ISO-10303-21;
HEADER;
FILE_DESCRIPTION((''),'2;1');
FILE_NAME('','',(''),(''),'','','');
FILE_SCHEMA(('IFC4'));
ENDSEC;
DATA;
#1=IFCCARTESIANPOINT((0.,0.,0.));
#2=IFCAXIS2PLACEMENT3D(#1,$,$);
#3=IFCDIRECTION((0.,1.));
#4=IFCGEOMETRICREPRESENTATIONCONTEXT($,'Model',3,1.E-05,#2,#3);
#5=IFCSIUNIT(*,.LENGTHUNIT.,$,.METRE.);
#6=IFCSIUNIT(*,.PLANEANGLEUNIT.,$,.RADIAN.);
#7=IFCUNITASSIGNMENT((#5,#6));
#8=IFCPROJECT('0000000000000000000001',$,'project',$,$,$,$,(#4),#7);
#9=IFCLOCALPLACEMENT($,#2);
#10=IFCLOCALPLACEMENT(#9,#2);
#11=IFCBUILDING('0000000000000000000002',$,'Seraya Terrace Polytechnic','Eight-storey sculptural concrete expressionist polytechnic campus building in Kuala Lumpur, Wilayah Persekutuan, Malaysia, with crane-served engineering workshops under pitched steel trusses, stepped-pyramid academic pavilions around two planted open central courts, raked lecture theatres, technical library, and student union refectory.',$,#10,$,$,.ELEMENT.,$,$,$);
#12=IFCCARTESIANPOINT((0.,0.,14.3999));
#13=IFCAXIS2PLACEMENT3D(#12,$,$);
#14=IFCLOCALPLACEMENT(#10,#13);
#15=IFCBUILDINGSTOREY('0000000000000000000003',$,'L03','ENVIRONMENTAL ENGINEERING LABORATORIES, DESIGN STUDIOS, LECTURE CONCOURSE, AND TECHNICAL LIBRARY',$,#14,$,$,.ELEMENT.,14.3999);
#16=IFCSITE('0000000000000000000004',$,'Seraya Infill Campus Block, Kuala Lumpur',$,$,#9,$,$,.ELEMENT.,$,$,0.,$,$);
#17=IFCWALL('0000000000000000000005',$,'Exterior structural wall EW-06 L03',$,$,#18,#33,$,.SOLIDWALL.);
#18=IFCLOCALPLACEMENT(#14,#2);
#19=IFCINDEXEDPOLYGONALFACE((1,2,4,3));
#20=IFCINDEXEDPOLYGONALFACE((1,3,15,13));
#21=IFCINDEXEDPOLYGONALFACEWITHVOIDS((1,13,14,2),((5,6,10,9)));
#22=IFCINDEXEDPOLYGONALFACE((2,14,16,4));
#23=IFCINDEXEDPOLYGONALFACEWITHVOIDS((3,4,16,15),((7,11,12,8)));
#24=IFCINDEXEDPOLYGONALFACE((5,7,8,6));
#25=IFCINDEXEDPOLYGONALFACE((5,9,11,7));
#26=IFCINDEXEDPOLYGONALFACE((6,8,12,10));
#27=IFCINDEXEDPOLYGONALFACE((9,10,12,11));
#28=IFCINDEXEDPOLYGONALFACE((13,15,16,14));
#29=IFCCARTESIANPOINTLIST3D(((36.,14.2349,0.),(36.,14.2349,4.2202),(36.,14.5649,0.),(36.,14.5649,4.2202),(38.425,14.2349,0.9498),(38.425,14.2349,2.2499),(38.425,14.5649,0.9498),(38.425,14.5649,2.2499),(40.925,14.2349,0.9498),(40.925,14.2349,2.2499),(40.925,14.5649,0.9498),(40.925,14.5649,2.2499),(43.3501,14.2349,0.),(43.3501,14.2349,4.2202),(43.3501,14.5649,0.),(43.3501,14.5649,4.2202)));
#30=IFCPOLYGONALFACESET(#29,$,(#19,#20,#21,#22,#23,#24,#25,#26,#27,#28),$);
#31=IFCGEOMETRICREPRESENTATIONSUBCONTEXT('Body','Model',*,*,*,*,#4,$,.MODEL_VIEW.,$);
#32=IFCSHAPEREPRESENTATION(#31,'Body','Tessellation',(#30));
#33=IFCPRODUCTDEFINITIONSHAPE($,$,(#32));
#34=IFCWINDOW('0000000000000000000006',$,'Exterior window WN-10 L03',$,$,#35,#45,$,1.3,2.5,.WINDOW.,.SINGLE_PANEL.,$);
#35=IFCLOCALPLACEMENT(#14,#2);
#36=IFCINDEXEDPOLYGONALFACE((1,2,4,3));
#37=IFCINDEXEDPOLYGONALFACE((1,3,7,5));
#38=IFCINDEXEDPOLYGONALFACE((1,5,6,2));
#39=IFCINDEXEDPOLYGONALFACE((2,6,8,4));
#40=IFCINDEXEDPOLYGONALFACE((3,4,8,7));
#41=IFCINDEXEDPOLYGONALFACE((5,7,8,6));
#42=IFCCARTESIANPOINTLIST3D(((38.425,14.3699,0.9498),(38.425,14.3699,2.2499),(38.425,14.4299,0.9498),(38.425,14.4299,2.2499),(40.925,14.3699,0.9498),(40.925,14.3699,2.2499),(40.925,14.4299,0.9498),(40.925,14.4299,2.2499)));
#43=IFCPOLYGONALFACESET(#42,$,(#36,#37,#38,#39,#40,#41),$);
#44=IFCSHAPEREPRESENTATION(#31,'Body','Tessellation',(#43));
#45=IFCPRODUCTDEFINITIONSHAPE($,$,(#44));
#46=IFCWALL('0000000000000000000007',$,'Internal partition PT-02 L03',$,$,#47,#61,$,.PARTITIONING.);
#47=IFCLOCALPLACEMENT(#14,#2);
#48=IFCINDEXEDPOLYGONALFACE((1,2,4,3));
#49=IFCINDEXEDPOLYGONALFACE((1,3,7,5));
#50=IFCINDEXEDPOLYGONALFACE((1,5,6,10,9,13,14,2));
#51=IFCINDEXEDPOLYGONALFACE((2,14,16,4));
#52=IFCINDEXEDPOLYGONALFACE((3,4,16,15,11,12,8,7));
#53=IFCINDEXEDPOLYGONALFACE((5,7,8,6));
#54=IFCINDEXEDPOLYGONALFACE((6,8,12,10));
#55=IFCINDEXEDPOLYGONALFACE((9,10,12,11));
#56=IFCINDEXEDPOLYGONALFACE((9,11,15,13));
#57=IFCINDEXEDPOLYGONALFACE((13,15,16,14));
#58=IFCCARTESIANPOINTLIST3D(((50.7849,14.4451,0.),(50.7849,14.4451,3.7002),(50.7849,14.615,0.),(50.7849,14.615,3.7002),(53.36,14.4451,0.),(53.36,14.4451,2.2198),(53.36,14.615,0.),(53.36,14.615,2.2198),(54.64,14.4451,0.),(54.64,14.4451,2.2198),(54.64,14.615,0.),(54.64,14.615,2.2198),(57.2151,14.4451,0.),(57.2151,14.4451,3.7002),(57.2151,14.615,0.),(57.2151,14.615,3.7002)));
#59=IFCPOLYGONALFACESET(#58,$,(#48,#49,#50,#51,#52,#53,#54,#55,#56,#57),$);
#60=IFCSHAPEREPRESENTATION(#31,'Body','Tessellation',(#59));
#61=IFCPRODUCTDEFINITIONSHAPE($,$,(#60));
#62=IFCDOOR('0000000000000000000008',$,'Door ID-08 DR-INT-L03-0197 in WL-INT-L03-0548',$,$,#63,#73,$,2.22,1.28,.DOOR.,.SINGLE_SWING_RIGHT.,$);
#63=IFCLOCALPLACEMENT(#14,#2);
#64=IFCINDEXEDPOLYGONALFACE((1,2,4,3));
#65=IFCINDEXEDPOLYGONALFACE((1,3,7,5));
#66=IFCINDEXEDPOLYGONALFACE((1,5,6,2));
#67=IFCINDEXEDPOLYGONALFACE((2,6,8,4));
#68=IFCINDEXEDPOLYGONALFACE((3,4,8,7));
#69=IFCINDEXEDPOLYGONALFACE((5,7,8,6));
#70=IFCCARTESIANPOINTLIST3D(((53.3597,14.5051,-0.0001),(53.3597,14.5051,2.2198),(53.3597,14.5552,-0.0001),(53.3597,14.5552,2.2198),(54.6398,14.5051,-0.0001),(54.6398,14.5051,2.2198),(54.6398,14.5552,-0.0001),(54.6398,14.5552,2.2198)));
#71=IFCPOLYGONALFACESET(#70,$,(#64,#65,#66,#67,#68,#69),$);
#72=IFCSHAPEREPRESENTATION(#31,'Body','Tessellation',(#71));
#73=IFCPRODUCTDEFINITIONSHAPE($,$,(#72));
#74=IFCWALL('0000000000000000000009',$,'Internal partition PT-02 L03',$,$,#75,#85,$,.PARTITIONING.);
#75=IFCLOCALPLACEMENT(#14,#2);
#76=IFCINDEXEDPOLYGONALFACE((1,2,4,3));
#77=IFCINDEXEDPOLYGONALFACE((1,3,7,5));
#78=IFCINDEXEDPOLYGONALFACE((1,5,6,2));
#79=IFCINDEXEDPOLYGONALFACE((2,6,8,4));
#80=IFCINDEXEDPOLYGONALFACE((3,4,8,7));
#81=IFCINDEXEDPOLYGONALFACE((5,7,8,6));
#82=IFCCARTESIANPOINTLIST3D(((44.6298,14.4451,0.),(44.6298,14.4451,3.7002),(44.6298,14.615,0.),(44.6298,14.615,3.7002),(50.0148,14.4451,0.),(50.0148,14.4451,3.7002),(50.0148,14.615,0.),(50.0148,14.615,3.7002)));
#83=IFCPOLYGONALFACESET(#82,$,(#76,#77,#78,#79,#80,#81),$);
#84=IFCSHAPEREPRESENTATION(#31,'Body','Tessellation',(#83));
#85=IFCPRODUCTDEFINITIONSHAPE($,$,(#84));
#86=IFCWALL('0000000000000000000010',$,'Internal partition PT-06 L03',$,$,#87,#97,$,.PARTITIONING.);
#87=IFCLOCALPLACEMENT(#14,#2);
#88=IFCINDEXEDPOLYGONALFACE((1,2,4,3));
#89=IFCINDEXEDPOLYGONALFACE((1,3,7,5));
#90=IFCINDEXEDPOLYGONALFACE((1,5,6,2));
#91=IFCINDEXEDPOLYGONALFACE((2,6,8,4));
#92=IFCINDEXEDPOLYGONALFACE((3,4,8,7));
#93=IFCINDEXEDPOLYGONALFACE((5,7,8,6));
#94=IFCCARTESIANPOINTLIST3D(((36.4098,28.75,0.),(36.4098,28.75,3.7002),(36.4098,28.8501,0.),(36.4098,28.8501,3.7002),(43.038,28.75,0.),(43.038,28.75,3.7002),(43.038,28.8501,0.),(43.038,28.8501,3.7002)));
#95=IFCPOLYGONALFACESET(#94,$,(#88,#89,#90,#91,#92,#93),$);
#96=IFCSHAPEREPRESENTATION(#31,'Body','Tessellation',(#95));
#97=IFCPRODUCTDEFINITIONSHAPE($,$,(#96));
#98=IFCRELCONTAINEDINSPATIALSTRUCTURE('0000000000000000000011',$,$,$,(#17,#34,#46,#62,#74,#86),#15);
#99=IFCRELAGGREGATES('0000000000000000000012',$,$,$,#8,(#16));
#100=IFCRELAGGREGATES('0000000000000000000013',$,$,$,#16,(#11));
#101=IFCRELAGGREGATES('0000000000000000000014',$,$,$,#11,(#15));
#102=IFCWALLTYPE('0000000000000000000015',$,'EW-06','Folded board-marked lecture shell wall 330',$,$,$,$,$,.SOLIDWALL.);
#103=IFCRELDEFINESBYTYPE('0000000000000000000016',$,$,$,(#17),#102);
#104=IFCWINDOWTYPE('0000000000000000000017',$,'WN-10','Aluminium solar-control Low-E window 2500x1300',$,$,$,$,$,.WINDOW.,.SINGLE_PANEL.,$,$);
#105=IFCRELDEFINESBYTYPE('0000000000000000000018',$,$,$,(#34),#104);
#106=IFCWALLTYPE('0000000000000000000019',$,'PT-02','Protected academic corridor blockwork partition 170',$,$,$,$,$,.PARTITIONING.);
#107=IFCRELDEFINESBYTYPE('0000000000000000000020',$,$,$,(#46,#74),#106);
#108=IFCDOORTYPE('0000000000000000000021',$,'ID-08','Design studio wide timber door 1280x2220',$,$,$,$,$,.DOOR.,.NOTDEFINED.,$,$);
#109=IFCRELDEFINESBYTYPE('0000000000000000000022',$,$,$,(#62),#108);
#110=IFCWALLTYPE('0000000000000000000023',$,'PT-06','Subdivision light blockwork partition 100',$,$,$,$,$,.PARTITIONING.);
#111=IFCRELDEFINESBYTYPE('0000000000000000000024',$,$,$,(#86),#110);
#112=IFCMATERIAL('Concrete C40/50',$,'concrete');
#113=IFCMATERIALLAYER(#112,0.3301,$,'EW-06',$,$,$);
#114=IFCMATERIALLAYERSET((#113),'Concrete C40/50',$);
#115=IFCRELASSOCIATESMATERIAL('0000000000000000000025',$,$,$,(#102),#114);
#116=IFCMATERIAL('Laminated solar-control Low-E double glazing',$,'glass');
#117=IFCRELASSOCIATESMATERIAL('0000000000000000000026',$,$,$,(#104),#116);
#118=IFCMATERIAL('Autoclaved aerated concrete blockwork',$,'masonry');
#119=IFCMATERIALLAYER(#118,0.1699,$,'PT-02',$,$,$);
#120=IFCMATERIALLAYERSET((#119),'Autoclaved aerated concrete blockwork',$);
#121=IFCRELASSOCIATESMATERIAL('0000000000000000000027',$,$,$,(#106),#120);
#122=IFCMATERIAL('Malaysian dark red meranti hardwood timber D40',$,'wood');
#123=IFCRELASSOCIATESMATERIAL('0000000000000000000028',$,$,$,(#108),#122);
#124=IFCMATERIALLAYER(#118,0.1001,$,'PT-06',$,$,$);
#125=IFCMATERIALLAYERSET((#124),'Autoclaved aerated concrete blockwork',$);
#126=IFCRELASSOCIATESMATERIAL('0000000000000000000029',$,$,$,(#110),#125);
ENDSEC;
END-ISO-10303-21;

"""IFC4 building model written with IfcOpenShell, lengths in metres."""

from ifc_helpers import new_model, si_unit, direction, frame, frame_2d, origin, place, context, subcontext, project, spatial, rectangle, extrude, material, layer, layer_set, type_object, element, fill, save


model = new_model("IFC4")

# Units and contexts
model_context = context("Model", 3, precision=1e-05, world=origin(), true_north=direction((0.0, 1.0)))
body_context = subcontext(model_context, "Body", "Model", "MODEL_VIEW")
ifc_project = project(units=[si_unit("LENGTHUNIT", "METRE"), si_unit("PLANEANGLEUNIT", "RADIAN")], contexts=[model_context])

# Site, building, storey
site_placement = place(None, origin())
site = spatial("IfcSite", under=ifc_project, at=site_placement, Name="Seraya Infill Campus Block, Kuala Lumpur", CompositionType="ELEMENT", RefElevation=0.0)
building_placement = place(site_placement, origin())
building = spatial("IfcBuilding", under=site, at=building_placement, Name="Seraya Terrace Polytechnic", Description="Eight-storey sculptural concrete expressionist polytechnic campus building in Kuala Lumpur, Wilayah Persekutuan, Malaysia, with crane-served engineering workshops under pitched steel trusses, stepped-pyramid academic pavilions around two planted open central courts, raked lecture theatres, technical library, and student union refectory.", CompositionType="ELEMENT")
storey_placement = place(building_placement, frame((0.0, 0.0, 14.3999)))
storey = spatial("IfcBuildingStorey", under=building, at=storey_placement, Name="L03", Description="ENVIRONMENTAL ENGINEERING LABORATORIES, DESIGN STUDIOS, LECTURE CONCOURSE, AND TECHNICAL LIBRARY", CompositionType="ELEMENT", Elevation=14.3999)

# Shared definitions
ifc_material_1 = material(Name="Concrete C40/50", Category="concrete")

# Wall, opening, window
ifc_layer_1 = layer(ifc_material_1, 0.3301, Name="EW-06")
ifc_layer_set_1 = layer_set([ifc_layer_1], Name="Concrete C40/50")
wall_type_1 = type_object("IfcWallType", Name="EW-06", Description="Folded board-marked lecture shell wall 330", PredefinedType="SOLIDWALL", material=ifc_layer_set_1)
wall_1_placement = place(storey_placement, frame((43.3501, 14.3999, 0.0), z_axis=(0.0, 0.0, 1.0), x_axis=(-1.0, 0.0, 0.0)))
wall_1 = element("IfcWall", 1, at=wall_1_placement, inside=storey, type_object=wall_type_1, Name="Exterior structural wall EW-06 L03", PredefinedType="SOLIDWALL", context=body_context, shape_type="SweptSolid", body=[
    extrude(rectangle(XDim=7.3501, YDim=0.3301, at=frame_2d((3.675, 0.0))), origin(), (0.0, 0.0, 1.0), 4.2202),
])
opening_1_placement = place(wall_1_placement, frame((2.425, 0.0, 0.95)))
opening_1 = element("IfcOpeningElement", 2, at=opening_1_placement, cuts=wall_1, PredefinedType="OPENING", context=body_context, shape_type="SweptSolid", body=[
    extrude(rectangle(XDim=2.5, YDim=1.3, at=frame_2d((1.25, 0.6499))), frame((0.0, 0.177, 0.0), z_axis=(0.0, -1.0, 0.0), x_axis=(1.0, 0.0, 0.0)), (0.0, 0.0, 1.0), 0.354),
])
ifc_material_2 = material(Name="Laminated solar-control Low-E double glazing", Category="glass")
window_type = type_object("IfcWindowType", Name="WN-10", Description="Aluminium solar-control Low-E window 2500x1300", PartitioningType="SINGLE_PANEL", PredefinedType="WINDOW", material=ifc_material_2)
window_placement = place(opening_1_placement, origin())
window = element("IfcWindow", 3, at=window_placement, inside=storey, type_object=window_type, Name="Exterior window WN-10 L03", OverallHeight=1.3, OverallWidth=2.5, PartitioningType="SINGLE_PANEL", PredefinedType="WINDOW", context=body_context, shape_type="SweptSolid", body=[
    extrude(rectangle(XDim=2.5, YDim=1.3, at=frame_2d((1.25, 0.6499))), frame((0.0, 0.03, 0.0), z_axis=(0.0, -1.0, 0.0), x_axis=(1.0, 0.0, 0.0)), (0.0, 0.0, 1.0), 0.0601),
])
fill(opening_1, window)

# Wall, opening, door
ifc_material_3 = material(Name="Autoclaved aerated concrete blockwork", Category="masonry")
ifc_layer_2 = layer(ifc_material_3, 0.1699, Name="PT-02")
ifc_layer_set_2 = layer_set([ifc_layer_2], Name="Autoclaved aerated concrete blockwork")
wall_type_2 = type_object("IfcWallType", Name="PT-02", Description="Protected academic corridor blockwork partition 170", PredefinedType="PARTITIONING", material=ifc_layer_set_2)
wall_2_placement = place(storey_placement, frame((50.7849, 14.53, 0.0), z_axis=(0.0, 0.0, 1.0), x_axis=(1.0, 0.0, 0.0)))
wall_2 = element("IfcWall", 4, at=wall_2_placement, inside=storey, type_object=wall_type_2, Name="Internal partition PT-02 L03", PredefinedType="PARTITIONING", context=body_context, shape_type="SweptSolid", body=[
    extrude(rectangle(XDim=6.4302, YDim=0.1699, at=frame_2d((3.2151, 0.0))), origin(), (0.0, 0.0, 1.0), 3.7002),
])
opening_2_placement = place(wall_2_placement, frame((2.575, 0.0, 0.0)))
opening_2 = element("IfcOpeningElement", 5, at=opening_2_placement, cuts=wall_2, PredefinedType="OPENING", context=body_context, shape_type="SweptSolid", body=[
    extrude(rectangle(XDim=1.28, YDim=2.22, at=frame_2d((0.6401, 1.1099))), frame((0.0, 0.0969, 0.0), z_axis=(0.0, -1.0, 0.0), x_axis=(1.0, 0.0, 0.0)), (0.0, 0.0, 1.0), 0.1938),
])
ifc_material_4 = material(Name="Malaysian dark red meranti hardwood timber D40", Category="wood")
door_type = type_object("IfcDoorType", Name="ID-08", Description="Design studio wide timber door 1280x2220", OperationType="NOTDEFINED", PredefinedType="DOOR", material=ifc_material_4)
door_placement = place(opening_2_placement, frame((1.28, 0.0, 0.0), z_axis=(0.0, 0.0, 1.0), x_axis=(-1.0, 0.0, 0.0)))
door = element("IfcDoor", 6, at=door_placement, inside=storey, type_object=door_type, Name="Door ID-08 DR-INT-L03-0197 in WL-INT-L03-0548", OperationType="SINGLE_SWING_RIGHT", OverallHeight=2.22, OverallWidth=1.28, PredefinedType="DOOR", context=body_context, shape_type="SweptSolid", body=[
    extrude(rectangle(XDim=1.28, YDim=2.22, at=frame_2d((0.6401, 1.1099))), frame((0.0, 0.0249, 0.0), z_axis=(0.0, -1.0, 0.0), x_axis=(1.0, 0.0, 0.0)), (0.0, 0.0, 1.0), 0.05),
])
fill(opening_2, door)

# Walls
wall_3_placement = place(storey_placement, frame((44.6299, 14.53, 0.0), z_axis=(0.0, 0.0, 1.0), x_axis=(1.0, 0.0, 0.0)))
element("IfcWall", 7, at=wall_3_placement, inside=storey, type_object=wall_type_2, Name="Internal partition PT-02 L03", PredefinedType="PARTITIONING", context=body_context, shape_type="SweptSolid", body=[
    extrude(rectangle(XDim=5.385, YDim=0.1699, at=frame_2d((2.6924, 0.0))), origin(), (0.0, 0.0, 1.0), 3.7002),
])
ifc_layer_3 = layer(ifc_material_3, 0.1001, Name="PT-06")
ifc_layer_set_3 = layer_set([ifc_layer_3], Name="Autoclaved aerated concrete blockwork")
wall_type_3 = type_object("IfcWallType", Name="PT-06", Description="Subdivision light blockwork partition 100", PredefinedType="PARTITIONING", material=ifc_layer_set_3)
wall_4_placement = place(storey_placement, frame((36.4099, 28.8, 0.0), z_axis=(0.0, 0.0, 1.0), x_axis=(1.0, 0.0, 0.0)))
element("IfcWall", 8, at=wall_4_placement, inside=storey, type_object=wall_type_3, Name="Internal partition PT-06 L03", PredefinedType="PARTITIONING", context=body_context, shape_type="SweptSolid", body=[
    extrude(rectangle(XDim=6.6282, YDim=0.1001, at=frame_2d((3.314, 0.0))), origin(), (0.0, 0.0, 1.0), 3.7002),
])

save(model, "model.ifc")
